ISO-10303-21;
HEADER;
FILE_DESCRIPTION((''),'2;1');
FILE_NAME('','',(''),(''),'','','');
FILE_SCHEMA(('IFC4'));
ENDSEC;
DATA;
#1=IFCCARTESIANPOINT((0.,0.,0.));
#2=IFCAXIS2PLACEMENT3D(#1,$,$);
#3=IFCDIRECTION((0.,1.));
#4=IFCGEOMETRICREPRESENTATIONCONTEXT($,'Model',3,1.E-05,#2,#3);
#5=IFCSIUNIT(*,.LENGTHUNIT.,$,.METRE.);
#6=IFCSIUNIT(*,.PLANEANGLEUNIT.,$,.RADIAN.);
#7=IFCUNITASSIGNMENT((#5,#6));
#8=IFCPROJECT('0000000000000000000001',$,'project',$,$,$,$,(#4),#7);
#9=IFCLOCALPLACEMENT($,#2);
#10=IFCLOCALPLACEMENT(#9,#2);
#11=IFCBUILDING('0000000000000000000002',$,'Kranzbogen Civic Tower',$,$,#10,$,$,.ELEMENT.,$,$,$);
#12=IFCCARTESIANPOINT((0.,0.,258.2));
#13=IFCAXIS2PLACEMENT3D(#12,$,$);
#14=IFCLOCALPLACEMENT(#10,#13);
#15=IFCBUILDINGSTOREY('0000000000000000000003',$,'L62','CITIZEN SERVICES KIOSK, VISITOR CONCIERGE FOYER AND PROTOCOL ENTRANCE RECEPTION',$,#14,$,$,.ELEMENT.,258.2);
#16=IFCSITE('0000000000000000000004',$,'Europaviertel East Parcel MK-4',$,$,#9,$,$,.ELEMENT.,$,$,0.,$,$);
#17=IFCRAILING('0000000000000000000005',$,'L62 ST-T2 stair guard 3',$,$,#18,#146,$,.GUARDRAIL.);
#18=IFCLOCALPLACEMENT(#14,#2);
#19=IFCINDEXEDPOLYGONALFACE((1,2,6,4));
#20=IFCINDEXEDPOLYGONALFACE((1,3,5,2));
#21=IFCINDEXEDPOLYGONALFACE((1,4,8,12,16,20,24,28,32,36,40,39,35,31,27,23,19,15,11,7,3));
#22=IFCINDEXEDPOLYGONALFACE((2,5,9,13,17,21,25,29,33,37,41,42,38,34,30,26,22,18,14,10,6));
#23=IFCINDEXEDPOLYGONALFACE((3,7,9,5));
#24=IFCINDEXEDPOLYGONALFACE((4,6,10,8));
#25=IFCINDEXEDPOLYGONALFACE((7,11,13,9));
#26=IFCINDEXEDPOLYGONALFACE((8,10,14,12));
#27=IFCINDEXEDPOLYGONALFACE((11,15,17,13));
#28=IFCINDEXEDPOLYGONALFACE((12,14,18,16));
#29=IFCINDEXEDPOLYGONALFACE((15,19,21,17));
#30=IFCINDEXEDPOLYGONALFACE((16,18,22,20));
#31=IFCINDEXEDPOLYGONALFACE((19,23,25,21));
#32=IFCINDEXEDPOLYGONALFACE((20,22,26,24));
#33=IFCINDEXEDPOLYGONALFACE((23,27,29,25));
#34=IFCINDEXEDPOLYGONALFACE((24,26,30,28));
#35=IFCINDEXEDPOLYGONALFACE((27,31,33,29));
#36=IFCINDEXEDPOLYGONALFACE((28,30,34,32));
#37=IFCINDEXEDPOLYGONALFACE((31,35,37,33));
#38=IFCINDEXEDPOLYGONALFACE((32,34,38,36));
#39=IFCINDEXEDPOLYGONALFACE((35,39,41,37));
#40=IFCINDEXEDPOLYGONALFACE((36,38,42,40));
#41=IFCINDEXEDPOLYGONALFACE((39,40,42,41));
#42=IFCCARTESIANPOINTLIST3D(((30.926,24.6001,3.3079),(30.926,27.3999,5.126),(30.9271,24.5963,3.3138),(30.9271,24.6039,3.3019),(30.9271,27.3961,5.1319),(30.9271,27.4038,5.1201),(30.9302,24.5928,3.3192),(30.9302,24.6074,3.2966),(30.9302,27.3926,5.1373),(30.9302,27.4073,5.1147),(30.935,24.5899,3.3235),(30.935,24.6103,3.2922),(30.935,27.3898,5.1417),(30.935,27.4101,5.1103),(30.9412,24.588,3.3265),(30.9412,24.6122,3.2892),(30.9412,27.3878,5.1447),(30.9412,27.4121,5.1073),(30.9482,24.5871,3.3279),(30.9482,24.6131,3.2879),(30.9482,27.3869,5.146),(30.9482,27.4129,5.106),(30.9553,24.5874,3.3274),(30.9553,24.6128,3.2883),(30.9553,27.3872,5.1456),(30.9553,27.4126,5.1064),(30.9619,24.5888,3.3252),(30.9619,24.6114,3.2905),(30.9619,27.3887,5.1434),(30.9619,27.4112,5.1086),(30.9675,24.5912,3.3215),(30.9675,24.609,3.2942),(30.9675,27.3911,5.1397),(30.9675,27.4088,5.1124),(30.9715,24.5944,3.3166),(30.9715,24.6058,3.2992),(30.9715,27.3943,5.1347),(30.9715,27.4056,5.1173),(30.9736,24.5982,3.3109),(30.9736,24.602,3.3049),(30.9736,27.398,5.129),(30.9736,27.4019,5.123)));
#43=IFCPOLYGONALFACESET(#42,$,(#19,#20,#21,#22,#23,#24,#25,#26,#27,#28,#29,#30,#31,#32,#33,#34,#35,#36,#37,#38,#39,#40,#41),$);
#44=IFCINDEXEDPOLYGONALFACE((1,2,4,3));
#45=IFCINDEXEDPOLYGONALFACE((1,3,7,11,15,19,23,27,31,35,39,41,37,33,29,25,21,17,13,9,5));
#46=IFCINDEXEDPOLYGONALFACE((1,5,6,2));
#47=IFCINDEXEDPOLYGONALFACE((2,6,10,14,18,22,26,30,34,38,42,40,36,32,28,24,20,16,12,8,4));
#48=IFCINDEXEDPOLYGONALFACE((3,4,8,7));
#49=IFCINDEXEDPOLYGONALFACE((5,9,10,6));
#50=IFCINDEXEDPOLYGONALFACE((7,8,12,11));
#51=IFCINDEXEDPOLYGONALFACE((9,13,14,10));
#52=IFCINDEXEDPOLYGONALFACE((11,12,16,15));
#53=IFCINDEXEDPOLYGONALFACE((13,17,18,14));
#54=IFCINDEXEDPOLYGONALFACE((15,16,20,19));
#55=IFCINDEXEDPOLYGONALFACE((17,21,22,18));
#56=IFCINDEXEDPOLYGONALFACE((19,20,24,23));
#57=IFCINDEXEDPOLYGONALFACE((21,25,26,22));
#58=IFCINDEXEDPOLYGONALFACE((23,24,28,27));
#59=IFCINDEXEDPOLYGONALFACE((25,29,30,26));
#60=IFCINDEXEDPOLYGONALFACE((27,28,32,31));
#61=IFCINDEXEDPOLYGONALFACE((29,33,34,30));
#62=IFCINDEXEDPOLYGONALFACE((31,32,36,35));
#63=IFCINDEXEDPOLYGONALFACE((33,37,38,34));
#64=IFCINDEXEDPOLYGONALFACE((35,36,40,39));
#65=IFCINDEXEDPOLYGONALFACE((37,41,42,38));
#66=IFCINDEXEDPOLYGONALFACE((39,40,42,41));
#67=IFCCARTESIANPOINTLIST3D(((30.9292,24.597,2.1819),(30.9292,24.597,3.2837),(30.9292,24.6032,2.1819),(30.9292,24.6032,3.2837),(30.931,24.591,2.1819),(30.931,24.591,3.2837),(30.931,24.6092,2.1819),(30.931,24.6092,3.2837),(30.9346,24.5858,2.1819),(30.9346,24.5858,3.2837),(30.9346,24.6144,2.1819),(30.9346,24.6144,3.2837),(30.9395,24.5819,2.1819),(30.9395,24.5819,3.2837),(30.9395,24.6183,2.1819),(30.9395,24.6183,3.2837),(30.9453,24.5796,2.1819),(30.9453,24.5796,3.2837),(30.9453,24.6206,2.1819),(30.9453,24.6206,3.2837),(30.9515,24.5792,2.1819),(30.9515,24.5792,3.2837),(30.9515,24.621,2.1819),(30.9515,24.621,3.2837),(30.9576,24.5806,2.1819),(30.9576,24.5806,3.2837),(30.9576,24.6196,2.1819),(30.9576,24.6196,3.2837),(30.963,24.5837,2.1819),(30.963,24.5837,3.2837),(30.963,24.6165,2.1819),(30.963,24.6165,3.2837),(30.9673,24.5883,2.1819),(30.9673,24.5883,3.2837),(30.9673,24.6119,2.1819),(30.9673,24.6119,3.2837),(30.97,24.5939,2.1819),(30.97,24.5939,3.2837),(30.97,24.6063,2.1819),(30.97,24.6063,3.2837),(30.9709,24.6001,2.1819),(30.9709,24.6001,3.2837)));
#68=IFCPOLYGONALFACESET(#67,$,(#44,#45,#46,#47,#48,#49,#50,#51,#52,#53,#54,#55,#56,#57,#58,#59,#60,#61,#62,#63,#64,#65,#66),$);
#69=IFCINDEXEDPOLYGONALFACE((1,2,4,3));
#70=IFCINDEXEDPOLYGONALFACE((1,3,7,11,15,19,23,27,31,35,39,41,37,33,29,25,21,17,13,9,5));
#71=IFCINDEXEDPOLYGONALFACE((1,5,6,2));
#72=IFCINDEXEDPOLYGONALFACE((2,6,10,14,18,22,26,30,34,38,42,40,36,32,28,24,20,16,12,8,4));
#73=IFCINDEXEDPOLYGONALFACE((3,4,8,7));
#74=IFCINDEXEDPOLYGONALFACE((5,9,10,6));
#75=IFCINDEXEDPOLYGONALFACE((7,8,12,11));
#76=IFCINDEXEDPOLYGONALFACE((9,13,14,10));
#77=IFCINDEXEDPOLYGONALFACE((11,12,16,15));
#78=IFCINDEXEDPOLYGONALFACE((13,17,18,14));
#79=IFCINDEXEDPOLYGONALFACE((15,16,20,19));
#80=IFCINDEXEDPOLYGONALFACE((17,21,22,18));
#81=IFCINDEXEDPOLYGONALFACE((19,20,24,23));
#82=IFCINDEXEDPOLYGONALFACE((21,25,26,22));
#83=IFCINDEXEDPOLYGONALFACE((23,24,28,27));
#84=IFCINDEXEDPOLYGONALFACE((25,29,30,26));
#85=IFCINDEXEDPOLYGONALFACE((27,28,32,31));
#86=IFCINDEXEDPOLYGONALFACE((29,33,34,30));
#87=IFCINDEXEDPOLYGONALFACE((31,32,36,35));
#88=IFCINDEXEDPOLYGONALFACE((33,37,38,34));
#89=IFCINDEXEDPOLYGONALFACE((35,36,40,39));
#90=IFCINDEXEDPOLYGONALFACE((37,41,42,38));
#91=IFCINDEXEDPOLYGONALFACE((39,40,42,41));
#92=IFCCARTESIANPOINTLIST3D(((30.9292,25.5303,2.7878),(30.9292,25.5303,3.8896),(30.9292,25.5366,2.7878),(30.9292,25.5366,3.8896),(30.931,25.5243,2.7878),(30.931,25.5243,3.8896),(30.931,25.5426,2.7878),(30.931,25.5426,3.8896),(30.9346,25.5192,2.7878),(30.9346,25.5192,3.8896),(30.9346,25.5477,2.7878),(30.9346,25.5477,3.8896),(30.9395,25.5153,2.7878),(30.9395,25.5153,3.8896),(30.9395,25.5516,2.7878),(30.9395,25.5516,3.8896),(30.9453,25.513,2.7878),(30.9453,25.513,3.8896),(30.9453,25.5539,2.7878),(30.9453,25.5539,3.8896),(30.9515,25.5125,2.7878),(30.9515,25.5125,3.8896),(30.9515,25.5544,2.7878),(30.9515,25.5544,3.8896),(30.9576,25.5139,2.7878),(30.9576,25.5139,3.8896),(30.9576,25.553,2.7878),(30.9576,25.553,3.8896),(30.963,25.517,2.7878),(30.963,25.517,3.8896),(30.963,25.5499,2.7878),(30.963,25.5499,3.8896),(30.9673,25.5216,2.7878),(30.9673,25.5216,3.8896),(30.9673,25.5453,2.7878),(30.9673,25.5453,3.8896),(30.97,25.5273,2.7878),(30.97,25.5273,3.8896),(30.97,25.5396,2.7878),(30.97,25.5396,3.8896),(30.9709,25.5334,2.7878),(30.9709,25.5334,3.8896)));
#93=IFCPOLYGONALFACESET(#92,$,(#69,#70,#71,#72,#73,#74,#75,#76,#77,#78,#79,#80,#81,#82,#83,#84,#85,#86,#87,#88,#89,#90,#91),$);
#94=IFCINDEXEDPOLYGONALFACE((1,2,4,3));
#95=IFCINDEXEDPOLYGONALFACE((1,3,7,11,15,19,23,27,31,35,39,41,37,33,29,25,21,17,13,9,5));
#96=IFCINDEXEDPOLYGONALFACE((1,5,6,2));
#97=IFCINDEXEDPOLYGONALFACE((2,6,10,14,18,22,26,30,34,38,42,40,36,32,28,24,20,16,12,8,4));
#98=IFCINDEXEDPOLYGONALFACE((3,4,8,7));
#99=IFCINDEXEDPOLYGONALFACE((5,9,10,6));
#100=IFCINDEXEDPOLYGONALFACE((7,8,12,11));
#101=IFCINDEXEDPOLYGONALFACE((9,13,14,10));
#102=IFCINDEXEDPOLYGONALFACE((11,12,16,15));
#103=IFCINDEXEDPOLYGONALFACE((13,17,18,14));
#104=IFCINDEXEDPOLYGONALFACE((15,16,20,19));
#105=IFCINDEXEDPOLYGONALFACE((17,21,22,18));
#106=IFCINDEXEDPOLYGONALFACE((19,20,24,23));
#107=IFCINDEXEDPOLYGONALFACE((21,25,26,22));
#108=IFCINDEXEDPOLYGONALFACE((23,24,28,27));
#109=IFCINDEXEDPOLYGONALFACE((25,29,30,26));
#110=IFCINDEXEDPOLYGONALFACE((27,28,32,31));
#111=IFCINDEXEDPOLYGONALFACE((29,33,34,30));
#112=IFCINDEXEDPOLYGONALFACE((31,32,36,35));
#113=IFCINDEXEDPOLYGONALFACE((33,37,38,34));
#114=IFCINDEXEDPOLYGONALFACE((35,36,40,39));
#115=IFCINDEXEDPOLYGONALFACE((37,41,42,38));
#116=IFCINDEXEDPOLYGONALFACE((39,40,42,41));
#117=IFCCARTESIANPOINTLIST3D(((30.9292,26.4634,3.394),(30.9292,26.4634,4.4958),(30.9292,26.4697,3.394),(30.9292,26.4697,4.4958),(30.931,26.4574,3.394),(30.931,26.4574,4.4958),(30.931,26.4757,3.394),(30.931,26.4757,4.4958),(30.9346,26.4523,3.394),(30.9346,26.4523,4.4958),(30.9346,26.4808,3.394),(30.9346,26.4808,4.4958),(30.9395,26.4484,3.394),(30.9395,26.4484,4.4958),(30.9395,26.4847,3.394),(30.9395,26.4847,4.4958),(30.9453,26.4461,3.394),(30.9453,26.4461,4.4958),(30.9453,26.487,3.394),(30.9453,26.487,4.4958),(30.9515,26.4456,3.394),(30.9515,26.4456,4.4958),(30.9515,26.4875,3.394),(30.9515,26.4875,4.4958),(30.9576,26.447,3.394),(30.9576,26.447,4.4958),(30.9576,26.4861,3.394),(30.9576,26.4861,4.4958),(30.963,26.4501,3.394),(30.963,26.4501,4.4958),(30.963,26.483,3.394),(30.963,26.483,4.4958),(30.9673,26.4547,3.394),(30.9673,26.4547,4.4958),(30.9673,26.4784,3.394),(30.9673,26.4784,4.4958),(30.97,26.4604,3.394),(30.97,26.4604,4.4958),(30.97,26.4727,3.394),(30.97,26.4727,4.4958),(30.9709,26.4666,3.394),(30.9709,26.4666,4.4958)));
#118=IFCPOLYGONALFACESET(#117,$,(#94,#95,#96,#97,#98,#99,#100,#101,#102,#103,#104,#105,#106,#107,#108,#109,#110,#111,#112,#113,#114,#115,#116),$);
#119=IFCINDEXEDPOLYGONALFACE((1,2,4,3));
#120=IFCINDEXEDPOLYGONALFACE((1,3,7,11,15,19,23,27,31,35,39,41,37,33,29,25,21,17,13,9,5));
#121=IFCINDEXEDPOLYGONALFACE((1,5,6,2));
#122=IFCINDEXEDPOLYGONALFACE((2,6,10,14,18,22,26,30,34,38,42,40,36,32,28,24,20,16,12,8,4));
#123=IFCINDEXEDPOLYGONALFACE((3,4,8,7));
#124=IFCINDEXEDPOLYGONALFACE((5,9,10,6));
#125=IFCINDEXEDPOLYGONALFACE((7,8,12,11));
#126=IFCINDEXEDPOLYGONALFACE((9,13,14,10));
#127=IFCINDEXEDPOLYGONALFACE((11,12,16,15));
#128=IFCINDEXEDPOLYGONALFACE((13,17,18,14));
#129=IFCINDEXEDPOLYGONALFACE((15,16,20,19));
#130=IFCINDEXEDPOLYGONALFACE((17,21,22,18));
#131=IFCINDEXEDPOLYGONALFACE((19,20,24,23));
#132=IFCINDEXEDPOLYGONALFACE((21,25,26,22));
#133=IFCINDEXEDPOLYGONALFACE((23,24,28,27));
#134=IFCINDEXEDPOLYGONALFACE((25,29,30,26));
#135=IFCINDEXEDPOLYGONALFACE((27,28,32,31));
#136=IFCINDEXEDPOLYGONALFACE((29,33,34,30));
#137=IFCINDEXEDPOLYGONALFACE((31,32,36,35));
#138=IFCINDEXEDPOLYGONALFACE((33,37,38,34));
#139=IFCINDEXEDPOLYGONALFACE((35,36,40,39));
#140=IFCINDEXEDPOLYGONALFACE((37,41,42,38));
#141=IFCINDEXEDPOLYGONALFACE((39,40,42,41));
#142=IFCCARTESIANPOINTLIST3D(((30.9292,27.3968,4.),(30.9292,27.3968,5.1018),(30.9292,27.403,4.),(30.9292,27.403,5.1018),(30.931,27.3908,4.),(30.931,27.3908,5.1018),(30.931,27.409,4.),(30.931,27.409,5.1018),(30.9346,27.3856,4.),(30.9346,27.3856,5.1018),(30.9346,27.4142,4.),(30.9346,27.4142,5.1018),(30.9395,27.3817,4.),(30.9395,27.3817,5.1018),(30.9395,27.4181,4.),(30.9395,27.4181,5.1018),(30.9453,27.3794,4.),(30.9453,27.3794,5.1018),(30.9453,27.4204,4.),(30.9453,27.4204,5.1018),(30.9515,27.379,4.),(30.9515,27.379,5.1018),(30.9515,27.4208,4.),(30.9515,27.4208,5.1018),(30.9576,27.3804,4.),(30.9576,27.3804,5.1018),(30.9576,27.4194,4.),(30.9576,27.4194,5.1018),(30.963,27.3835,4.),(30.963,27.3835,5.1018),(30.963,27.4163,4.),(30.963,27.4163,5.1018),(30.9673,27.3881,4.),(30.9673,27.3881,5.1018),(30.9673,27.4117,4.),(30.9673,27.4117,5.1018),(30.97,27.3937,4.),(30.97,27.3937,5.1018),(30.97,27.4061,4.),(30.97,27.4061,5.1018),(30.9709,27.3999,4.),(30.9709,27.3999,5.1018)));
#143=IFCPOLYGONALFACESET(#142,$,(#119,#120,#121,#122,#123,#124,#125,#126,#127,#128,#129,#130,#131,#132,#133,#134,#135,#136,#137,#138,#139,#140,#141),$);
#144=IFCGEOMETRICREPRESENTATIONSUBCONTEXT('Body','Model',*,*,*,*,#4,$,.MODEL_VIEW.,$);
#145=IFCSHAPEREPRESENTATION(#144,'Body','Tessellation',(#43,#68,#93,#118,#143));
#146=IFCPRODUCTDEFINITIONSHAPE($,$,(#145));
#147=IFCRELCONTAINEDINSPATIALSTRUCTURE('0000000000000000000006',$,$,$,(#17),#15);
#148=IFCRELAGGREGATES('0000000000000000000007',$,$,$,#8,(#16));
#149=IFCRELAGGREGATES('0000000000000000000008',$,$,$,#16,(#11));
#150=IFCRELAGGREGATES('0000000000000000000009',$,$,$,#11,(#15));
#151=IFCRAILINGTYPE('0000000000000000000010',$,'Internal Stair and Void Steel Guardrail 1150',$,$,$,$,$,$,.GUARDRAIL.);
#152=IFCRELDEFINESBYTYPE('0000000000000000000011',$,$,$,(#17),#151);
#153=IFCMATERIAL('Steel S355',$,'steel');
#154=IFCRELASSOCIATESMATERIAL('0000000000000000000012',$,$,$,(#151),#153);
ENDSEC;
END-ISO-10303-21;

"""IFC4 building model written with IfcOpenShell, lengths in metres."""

from ifc_helpers import new_model, si_unit, direction, frame, origin, origin_2d, place, context, subcontext, project, spatial, circle, extrude, material, type_object, element, save


model = new_model("IFC4")

# Units and contexts
model_context = context("Model", 3, precision=1e-05, world=origin(), true_north=direction((0.0, 1.0)))
body_context = subcontext(model_context, "Body", "Model", "MODEL_VIEW")
ifc_project = project(units=[si_unit("LENGTHUNIT", "METRE"), si_unit("PLANEANGLEUNIT", "RADIAN")], contexts=[model_context])

# Site, building, storey
site_placement = place(None, origin())
site = spatial("IfcSite", under=ifc_project, at=site_placement, Name="Europaviertel East Parcel MK-4", CompositionType="ELEMENT", RefElevation=0.0)
building_placement = place(site_placement, origin())
building = spatial("IfcBuilding", under=site, at=building_placement, Name="Kranzbogen Civic Tower", CompositionType="ELEMENT")
storey_placement = place(building_placement, frame((0.0, 0.0, 258.2)))
storey = spatial("IfcBuildingStorey", under=building, at=storey_placement, Name="L62", Description="CITIZEN SERVICES KIOSK, VISITOR CONCIERGE FOYER AND PROTOCOL ENTRANCE RECEPTION", CompositionType="ELEMENT", Elevation=258.2)

# Shared definitions
ifc_material_1 = material(Name="Steel S355", Category="steel")

# Railing
railing_type = type_object("IfcRailingType", Name="Internal Stair and Void Steel Guardrail 1150", PredefinedType="GUARDRAIL", material=ifc_material_1)
railing_1_placement = place(storey_placement, frame((30.95, 24.6001, 2.1819)))
element("IfcRailing", 1, at=railing_1_placement, inside=storey, type_object=railing_type, Name="L62 ST-T2 stair guard 3", PredefinedType="GUARDRAIL", context=body_context, shape_type="SweptSolid", body=[
    extrude(circle(Radius=0.0239, at=origin_2d()), frame((0.0, 0.0, 1.126), z_axis=(0.0, 0.838684, 0.544618), x_axis=(-1.0, 0.0, 0.0)), (0.0, 0.0, 1.0), 3.3384),
    extrude(circle(Radius=0.021, at=origin_2d()), origin(), (0.0, 0.0, 1.0), 1.1018),
    extrude(circle(Radius=0.021, at=origin_2d()), frame((0.0, 0.9333, 0.606)), (0.0, 0.0, 1.0), 1.1018),
    extrude(circle(Radius=0.021, at=origin_2d()), frame((0.0, 1.8665, 1.2122)), (0.0, 0.0, 1.0), 1.1018),
    extrude(circle(Radius=0.021, at=origin_2d()), frame((0.0, 2.7998, 1.8181)), (0.0, 0.0, 1.0), 1.1018),
])

save(model, "model.ifc")
